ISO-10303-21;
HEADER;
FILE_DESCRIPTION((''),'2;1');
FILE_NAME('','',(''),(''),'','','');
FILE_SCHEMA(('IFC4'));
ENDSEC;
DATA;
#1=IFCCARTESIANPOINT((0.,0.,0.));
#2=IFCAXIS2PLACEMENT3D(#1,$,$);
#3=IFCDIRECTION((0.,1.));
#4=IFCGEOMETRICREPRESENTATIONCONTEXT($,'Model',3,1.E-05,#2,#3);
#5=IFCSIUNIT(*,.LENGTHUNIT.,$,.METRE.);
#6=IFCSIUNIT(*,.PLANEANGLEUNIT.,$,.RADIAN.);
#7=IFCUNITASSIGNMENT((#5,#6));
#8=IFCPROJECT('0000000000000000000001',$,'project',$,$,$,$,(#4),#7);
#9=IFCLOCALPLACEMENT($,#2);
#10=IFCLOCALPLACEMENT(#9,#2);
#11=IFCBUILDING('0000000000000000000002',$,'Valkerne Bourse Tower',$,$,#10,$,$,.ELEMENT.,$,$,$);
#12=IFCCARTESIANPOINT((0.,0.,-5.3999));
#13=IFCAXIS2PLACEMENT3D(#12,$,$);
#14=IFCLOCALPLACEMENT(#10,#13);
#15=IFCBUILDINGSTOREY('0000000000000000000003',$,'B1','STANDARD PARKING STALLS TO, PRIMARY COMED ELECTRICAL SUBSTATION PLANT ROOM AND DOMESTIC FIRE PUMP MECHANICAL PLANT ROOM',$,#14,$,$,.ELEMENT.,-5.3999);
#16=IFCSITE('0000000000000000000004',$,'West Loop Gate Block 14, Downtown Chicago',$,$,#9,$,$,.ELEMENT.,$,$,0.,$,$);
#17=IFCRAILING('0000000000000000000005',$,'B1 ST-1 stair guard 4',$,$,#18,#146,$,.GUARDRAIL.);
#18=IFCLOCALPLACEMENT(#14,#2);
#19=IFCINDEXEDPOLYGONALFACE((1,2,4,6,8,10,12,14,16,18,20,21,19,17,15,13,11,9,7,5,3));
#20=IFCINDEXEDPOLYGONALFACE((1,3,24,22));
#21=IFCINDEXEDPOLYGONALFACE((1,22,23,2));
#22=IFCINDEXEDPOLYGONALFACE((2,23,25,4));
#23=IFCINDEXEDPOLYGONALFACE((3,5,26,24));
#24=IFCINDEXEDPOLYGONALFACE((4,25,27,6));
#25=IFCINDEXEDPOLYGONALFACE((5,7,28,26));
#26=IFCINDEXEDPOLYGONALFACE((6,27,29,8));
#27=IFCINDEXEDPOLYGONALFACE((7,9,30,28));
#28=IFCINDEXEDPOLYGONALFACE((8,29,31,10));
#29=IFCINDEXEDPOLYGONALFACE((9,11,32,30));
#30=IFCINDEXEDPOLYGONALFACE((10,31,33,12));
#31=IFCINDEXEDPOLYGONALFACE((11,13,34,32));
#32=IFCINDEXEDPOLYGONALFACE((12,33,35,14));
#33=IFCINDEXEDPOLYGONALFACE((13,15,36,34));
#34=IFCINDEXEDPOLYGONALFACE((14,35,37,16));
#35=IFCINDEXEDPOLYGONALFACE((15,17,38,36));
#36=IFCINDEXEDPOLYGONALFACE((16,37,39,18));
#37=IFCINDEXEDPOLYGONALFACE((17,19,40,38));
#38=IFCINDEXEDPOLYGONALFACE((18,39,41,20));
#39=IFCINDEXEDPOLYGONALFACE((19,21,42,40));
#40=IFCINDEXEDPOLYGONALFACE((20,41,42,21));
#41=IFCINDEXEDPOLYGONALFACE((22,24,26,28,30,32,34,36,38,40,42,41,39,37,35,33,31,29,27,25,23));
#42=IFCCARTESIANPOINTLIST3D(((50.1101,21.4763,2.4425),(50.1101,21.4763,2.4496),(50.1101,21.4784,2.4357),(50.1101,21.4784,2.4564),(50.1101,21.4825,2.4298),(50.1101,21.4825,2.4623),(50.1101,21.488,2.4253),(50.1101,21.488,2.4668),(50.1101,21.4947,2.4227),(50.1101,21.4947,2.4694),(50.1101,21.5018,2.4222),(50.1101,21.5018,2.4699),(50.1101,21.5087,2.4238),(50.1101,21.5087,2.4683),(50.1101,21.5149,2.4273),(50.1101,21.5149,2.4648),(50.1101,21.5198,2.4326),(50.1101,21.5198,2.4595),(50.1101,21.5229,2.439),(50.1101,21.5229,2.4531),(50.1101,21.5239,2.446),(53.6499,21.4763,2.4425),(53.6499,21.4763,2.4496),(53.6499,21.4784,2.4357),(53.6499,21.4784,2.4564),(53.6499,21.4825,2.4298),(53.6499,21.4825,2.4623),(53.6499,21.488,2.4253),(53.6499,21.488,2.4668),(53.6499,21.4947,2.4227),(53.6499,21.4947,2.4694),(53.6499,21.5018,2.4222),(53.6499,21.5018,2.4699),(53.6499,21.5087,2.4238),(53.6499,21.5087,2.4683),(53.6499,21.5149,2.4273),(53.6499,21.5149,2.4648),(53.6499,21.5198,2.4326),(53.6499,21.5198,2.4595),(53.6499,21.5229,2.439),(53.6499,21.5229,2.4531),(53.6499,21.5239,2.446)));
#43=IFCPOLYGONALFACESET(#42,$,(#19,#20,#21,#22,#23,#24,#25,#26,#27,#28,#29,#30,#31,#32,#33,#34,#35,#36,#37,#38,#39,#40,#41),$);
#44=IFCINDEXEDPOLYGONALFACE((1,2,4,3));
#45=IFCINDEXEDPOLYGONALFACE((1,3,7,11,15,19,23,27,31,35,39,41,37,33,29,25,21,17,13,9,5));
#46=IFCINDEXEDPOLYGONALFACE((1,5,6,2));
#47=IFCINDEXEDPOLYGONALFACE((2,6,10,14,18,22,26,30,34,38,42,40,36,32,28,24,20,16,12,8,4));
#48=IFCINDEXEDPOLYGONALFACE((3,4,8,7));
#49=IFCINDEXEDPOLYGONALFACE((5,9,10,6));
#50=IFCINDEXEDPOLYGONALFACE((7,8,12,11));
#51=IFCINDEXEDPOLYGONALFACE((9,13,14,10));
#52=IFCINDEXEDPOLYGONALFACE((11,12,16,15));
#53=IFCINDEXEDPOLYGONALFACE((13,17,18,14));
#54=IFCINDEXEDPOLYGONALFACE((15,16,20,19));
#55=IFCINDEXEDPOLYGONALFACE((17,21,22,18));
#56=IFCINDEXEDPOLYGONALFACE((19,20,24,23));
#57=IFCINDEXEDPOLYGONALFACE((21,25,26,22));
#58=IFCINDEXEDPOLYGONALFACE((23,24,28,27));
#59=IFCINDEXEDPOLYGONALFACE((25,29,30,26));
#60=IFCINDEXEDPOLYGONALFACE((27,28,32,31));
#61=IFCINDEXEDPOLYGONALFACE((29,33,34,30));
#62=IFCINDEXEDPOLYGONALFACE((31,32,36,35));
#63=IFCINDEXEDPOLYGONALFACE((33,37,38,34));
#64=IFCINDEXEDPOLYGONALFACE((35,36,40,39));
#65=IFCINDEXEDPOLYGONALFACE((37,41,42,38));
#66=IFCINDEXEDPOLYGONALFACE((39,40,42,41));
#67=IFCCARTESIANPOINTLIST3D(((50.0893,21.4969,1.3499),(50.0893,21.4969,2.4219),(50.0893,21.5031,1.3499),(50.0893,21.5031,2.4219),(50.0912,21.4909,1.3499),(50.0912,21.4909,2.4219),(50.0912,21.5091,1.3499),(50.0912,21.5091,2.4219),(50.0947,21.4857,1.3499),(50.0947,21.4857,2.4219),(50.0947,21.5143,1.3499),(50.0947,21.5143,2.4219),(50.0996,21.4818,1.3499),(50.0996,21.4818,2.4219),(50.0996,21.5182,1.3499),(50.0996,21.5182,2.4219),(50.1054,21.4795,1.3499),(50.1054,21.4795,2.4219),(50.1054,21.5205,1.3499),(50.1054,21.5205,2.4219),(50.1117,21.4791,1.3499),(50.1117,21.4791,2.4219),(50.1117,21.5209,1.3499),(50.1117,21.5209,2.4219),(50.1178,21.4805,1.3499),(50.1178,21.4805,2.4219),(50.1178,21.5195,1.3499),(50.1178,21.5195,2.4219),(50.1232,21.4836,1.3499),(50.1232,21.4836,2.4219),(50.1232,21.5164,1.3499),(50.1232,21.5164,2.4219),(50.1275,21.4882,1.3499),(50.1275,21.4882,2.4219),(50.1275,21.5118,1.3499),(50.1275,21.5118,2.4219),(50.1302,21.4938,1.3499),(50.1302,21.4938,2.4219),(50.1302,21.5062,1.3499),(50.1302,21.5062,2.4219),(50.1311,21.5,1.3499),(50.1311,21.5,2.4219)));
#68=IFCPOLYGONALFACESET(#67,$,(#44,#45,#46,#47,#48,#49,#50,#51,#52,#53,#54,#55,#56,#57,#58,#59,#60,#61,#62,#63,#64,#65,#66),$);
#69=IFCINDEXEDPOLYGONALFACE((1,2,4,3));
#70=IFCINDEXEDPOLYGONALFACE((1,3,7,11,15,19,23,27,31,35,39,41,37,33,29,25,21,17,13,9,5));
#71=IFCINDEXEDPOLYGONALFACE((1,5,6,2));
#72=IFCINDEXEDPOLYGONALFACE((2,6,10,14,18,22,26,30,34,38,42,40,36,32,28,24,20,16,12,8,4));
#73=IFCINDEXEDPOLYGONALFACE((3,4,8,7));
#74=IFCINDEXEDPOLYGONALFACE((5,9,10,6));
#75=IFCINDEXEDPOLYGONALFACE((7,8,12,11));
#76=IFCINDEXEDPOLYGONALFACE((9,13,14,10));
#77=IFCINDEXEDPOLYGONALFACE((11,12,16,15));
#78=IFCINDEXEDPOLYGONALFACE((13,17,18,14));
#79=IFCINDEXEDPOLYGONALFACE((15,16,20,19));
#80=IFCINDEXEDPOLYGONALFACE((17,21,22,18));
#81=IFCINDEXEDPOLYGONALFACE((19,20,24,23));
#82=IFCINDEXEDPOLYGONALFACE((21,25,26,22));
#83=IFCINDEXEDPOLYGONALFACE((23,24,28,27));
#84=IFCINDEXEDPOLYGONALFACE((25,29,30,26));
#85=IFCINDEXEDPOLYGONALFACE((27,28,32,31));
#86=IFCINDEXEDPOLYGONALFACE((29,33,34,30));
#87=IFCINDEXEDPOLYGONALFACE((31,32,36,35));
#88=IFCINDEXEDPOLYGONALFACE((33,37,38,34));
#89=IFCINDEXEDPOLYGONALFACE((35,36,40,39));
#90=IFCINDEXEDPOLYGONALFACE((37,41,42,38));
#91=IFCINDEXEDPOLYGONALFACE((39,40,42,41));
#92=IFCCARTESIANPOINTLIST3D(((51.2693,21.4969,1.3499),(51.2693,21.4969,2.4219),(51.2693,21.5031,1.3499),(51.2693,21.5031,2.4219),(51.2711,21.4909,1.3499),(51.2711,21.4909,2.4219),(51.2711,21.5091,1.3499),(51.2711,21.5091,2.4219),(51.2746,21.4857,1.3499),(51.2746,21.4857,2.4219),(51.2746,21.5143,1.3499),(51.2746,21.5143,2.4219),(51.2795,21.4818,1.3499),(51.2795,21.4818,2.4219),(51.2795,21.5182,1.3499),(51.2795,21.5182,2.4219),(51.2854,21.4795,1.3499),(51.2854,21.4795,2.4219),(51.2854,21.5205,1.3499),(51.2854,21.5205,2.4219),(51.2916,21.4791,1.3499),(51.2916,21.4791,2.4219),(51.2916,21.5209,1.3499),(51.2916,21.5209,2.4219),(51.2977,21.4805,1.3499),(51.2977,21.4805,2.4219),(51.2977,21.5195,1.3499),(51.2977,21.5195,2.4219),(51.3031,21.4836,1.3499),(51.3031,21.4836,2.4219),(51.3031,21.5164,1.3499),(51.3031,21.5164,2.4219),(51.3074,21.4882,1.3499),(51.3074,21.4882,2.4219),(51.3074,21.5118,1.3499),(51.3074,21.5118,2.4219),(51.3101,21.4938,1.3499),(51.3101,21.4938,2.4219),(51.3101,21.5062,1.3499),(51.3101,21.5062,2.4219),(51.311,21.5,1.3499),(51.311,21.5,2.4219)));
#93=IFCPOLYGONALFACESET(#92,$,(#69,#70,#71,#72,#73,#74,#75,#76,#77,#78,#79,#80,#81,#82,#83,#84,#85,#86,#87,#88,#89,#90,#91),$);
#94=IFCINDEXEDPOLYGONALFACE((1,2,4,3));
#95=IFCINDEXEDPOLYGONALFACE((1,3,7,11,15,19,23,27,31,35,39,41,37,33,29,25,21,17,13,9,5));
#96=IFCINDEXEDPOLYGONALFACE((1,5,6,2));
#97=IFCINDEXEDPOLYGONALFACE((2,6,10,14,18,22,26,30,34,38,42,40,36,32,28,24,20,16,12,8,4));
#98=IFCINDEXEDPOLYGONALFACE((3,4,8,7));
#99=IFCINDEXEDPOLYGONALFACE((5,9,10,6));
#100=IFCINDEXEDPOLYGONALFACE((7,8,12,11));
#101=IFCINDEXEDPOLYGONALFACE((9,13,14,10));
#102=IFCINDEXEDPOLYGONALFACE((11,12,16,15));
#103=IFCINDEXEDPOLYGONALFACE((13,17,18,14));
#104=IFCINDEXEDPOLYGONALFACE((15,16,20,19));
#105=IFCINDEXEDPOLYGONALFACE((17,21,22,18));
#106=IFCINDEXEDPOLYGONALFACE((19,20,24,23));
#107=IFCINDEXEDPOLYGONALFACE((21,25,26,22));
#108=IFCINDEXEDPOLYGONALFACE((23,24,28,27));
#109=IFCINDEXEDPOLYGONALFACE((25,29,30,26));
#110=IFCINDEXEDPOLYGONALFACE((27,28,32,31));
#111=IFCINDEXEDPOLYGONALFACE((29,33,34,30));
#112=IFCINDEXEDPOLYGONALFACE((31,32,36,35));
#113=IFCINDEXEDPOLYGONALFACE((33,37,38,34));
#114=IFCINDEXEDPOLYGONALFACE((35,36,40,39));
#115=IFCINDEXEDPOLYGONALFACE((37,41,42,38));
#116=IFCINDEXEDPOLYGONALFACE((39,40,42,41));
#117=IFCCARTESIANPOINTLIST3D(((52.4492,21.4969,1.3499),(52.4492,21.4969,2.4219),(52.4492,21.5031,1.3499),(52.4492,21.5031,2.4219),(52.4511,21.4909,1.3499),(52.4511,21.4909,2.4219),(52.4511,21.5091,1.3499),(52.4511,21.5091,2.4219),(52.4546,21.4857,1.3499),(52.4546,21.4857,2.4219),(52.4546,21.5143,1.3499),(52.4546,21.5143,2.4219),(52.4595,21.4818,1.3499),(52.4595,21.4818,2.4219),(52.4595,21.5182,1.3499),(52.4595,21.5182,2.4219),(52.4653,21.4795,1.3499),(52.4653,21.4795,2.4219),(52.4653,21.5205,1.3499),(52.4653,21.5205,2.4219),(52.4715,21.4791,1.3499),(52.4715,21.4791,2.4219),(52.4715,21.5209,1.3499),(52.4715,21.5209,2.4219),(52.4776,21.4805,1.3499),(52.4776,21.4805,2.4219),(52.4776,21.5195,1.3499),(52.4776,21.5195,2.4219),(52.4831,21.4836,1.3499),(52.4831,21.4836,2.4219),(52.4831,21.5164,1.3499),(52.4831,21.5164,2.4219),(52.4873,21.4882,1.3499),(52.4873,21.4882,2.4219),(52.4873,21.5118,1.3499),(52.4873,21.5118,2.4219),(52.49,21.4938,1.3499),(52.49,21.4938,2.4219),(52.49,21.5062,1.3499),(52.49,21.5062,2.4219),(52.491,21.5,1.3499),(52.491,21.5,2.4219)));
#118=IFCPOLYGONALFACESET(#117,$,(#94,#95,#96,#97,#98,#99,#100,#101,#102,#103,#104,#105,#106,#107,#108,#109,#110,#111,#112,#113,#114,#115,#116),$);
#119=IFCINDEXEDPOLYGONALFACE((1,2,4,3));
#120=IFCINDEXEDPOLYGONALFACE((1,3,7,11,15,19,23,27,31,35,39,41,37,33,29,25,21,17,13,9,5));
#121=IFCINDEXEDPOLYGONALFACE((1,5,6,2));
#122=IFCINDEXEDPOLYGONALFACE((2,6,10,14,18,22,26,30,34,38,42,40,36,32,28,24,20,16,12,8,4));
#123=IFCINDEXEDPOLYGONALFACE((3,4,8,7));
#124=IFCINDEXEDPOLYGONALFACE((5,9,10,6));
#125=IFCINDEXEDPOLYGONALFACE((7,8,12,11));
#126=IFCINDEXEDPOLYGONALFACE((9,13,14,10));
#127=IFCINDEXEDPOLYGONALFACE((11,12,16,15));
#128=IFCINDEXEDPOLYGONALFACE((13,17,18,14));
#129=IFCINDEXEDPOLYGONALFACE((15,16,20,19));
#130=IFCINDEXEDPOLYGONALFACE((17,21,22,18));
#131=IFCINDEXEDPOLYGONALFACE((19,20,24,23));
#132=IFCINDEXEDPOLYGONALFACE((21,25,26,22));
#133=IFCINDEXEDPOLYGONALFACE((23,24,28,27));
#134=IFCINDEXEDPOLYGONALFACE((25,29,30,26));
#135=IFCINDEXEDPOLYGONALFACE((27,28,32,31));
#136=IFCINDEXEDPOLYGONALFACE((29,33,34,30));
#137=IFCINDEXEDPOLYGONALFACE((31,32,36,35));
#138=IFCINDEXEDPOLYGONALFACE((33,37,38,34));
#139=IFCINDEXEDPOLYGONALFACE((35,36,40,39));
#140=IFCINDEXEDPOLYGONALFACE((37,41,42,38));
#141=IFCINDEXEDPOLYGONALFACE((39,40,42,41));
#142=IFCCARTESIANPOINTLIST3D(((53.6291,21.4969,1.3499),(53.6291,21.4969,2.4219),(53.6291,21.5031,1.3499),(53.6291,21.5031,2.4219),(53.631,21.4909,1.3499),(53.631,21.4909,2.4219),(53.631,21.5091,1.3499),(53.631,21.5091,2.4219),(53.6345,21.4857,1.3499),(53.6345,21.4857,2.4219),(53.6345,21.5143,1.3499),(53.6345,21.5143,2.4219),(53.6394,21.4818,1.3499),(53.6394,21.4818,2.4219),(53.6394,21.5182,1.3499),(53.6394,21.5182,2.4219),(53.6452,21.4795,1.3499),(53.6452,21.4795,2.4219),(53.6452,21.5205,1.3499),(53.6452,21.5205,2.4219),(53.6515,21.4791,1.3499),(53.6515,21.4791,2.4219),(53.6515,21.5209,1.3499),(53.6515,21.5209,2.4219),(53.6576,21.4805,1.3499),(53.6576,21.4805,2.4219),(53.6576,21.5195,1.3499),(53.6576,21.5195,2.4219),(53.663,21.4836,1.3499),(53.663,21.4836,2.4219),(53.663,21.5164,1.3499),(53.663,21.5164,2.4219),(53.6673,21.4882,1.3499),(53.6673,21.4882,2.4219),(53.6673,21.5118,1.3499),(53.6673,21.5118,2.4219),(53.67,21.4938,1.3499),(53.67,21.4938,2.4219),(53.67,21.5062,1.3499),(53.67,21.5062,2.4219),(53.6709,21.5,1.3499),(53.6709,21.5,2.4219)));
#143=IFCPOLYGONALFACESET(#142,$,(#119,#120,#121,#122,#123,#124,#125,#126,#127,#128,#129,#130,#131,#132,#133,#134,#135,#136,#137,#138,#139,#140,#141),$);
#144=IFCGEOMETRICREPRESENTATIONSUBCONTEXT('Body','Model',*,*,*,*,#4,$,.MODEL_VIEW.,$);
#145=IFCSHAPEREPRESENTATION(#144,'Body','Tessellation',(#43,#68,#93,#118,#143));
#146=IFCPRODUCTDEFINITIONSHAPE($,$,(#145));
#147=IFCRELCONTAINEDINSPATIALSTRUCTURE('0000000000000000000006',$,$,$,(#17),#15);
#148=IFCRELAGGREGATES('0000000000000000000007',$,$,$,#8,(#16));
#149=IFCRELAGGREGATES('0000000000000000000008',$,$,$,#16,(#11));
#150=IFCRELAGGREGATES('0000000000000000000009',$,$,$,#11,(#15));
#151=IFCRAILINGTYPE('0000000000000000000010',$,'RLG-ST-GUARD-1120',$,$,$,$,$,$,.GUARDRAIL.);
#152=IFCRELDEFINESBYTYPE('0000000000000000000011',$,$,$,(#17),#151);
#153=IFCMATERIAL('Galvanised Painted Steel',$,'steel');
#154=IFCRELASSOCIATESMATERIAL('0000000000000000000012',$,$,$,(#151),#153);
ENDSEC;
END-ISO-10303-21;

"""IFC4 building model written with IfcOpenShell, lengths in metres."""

from ifc_helpers import new_model, si_unit, direction, frame, origin, origin_2d, place, context, subcontext, project, spatial, circle, extrude, material, type_object, element, save


model = new_model("IFC4")

# Units and contexts
model_context = context("Model", 3, precision=1e-05, world=origin(), true_north=direction((0.0, 1.0)))
body_context = subcontext(model_context, "Body", "Model", "MODEL_VIEW")
ifc_project = project(units=[si_unit("LENGTHUNIT", "METRE"), si_unit("PLANEANGLEUNIT", "RADIAN")], contexts=[model_context])

# Site, building, storey
site_placement = place(None, origin())
site = spatial("IfcSite", under=ifc_project, at=site_placement, Name="West Loop Gate Block 14, Downtown Chicago", CompositionType="ELEMENT", RefElevation=0.0)
building_placement = place(site_placement, origin())
building = spatial("IfcBuilding", under=site, at=building_placement, Name="Valkerne Bourse Tower", CompositionType="ELEMENT")
storey_placement = place(building_placement, frame((0.0, 0.0, -5.3999)))
storey = spatial("IfcBuildingStorey", under=building, at=storey_placement, Name="B1", Description="STANDARD PARKING STALLS TO, PRIMARY COMED ELECTRICAL SUBSTATION PLANT ROOM AND DOMESTIC FIRE PUMP MECHANICAL PLANT ROOM", CompositionType="ELEMENT", Elevation=-5.3999)

# Shared definitions
ifc_material_1 = material(Name="Galvanised Painted Steel", Category="steel")

# Railing
railing_type_1 = type_object("IfcRailingType", Name="RLG-ST-GUARD-1120", PredefinedType="GUARDRAIL", material=ifc_material_1)
railing_1_placement = place(storey_placement, frame((50.1101, 21.5, 1.3499)))
element("IfcRailing", 1, at=railing_1_placement, inside=storey, type_object=railing_type_1, Name="B1 ST-1 stair guard 4", PredefinedType="GUARDRAIL", context=body_context, shape_type="SweptSolid", body=[
    extrude(circle(Radius=0.0239, at=origin_2d()), frame((0.0, 0.0, 1.0962), z_axis=(1.0, 0.0, 0.0), x_axis=(0.0, 1.0, 0.0)), (0.0, 0.0, 1.0), 3.5398),
    extrude(circle(Radius=0.021, at=origin_2d()), origin(), (0.0, 0.0, 1.0), 1.072),
    extrude(circle(Radius=0.021, at=origin_2d()), frame((1.1799, 0.0, 0.0)), (0.0, 0.0, 1.0), 1.072),
    extrude(circle(Radius=0.021, at=origin_2d()), frame((2.3599, 0.0, 0.0)), (0.0, 0.0, 1.0), 1.072),
    extrude(circle(Radius=0.021, at=origin_2d()), frame((3.5398, 0.0, 0.0)), (0.0, 0.0, 1.0), 1.072),
])

save(model, "model.ifc")
